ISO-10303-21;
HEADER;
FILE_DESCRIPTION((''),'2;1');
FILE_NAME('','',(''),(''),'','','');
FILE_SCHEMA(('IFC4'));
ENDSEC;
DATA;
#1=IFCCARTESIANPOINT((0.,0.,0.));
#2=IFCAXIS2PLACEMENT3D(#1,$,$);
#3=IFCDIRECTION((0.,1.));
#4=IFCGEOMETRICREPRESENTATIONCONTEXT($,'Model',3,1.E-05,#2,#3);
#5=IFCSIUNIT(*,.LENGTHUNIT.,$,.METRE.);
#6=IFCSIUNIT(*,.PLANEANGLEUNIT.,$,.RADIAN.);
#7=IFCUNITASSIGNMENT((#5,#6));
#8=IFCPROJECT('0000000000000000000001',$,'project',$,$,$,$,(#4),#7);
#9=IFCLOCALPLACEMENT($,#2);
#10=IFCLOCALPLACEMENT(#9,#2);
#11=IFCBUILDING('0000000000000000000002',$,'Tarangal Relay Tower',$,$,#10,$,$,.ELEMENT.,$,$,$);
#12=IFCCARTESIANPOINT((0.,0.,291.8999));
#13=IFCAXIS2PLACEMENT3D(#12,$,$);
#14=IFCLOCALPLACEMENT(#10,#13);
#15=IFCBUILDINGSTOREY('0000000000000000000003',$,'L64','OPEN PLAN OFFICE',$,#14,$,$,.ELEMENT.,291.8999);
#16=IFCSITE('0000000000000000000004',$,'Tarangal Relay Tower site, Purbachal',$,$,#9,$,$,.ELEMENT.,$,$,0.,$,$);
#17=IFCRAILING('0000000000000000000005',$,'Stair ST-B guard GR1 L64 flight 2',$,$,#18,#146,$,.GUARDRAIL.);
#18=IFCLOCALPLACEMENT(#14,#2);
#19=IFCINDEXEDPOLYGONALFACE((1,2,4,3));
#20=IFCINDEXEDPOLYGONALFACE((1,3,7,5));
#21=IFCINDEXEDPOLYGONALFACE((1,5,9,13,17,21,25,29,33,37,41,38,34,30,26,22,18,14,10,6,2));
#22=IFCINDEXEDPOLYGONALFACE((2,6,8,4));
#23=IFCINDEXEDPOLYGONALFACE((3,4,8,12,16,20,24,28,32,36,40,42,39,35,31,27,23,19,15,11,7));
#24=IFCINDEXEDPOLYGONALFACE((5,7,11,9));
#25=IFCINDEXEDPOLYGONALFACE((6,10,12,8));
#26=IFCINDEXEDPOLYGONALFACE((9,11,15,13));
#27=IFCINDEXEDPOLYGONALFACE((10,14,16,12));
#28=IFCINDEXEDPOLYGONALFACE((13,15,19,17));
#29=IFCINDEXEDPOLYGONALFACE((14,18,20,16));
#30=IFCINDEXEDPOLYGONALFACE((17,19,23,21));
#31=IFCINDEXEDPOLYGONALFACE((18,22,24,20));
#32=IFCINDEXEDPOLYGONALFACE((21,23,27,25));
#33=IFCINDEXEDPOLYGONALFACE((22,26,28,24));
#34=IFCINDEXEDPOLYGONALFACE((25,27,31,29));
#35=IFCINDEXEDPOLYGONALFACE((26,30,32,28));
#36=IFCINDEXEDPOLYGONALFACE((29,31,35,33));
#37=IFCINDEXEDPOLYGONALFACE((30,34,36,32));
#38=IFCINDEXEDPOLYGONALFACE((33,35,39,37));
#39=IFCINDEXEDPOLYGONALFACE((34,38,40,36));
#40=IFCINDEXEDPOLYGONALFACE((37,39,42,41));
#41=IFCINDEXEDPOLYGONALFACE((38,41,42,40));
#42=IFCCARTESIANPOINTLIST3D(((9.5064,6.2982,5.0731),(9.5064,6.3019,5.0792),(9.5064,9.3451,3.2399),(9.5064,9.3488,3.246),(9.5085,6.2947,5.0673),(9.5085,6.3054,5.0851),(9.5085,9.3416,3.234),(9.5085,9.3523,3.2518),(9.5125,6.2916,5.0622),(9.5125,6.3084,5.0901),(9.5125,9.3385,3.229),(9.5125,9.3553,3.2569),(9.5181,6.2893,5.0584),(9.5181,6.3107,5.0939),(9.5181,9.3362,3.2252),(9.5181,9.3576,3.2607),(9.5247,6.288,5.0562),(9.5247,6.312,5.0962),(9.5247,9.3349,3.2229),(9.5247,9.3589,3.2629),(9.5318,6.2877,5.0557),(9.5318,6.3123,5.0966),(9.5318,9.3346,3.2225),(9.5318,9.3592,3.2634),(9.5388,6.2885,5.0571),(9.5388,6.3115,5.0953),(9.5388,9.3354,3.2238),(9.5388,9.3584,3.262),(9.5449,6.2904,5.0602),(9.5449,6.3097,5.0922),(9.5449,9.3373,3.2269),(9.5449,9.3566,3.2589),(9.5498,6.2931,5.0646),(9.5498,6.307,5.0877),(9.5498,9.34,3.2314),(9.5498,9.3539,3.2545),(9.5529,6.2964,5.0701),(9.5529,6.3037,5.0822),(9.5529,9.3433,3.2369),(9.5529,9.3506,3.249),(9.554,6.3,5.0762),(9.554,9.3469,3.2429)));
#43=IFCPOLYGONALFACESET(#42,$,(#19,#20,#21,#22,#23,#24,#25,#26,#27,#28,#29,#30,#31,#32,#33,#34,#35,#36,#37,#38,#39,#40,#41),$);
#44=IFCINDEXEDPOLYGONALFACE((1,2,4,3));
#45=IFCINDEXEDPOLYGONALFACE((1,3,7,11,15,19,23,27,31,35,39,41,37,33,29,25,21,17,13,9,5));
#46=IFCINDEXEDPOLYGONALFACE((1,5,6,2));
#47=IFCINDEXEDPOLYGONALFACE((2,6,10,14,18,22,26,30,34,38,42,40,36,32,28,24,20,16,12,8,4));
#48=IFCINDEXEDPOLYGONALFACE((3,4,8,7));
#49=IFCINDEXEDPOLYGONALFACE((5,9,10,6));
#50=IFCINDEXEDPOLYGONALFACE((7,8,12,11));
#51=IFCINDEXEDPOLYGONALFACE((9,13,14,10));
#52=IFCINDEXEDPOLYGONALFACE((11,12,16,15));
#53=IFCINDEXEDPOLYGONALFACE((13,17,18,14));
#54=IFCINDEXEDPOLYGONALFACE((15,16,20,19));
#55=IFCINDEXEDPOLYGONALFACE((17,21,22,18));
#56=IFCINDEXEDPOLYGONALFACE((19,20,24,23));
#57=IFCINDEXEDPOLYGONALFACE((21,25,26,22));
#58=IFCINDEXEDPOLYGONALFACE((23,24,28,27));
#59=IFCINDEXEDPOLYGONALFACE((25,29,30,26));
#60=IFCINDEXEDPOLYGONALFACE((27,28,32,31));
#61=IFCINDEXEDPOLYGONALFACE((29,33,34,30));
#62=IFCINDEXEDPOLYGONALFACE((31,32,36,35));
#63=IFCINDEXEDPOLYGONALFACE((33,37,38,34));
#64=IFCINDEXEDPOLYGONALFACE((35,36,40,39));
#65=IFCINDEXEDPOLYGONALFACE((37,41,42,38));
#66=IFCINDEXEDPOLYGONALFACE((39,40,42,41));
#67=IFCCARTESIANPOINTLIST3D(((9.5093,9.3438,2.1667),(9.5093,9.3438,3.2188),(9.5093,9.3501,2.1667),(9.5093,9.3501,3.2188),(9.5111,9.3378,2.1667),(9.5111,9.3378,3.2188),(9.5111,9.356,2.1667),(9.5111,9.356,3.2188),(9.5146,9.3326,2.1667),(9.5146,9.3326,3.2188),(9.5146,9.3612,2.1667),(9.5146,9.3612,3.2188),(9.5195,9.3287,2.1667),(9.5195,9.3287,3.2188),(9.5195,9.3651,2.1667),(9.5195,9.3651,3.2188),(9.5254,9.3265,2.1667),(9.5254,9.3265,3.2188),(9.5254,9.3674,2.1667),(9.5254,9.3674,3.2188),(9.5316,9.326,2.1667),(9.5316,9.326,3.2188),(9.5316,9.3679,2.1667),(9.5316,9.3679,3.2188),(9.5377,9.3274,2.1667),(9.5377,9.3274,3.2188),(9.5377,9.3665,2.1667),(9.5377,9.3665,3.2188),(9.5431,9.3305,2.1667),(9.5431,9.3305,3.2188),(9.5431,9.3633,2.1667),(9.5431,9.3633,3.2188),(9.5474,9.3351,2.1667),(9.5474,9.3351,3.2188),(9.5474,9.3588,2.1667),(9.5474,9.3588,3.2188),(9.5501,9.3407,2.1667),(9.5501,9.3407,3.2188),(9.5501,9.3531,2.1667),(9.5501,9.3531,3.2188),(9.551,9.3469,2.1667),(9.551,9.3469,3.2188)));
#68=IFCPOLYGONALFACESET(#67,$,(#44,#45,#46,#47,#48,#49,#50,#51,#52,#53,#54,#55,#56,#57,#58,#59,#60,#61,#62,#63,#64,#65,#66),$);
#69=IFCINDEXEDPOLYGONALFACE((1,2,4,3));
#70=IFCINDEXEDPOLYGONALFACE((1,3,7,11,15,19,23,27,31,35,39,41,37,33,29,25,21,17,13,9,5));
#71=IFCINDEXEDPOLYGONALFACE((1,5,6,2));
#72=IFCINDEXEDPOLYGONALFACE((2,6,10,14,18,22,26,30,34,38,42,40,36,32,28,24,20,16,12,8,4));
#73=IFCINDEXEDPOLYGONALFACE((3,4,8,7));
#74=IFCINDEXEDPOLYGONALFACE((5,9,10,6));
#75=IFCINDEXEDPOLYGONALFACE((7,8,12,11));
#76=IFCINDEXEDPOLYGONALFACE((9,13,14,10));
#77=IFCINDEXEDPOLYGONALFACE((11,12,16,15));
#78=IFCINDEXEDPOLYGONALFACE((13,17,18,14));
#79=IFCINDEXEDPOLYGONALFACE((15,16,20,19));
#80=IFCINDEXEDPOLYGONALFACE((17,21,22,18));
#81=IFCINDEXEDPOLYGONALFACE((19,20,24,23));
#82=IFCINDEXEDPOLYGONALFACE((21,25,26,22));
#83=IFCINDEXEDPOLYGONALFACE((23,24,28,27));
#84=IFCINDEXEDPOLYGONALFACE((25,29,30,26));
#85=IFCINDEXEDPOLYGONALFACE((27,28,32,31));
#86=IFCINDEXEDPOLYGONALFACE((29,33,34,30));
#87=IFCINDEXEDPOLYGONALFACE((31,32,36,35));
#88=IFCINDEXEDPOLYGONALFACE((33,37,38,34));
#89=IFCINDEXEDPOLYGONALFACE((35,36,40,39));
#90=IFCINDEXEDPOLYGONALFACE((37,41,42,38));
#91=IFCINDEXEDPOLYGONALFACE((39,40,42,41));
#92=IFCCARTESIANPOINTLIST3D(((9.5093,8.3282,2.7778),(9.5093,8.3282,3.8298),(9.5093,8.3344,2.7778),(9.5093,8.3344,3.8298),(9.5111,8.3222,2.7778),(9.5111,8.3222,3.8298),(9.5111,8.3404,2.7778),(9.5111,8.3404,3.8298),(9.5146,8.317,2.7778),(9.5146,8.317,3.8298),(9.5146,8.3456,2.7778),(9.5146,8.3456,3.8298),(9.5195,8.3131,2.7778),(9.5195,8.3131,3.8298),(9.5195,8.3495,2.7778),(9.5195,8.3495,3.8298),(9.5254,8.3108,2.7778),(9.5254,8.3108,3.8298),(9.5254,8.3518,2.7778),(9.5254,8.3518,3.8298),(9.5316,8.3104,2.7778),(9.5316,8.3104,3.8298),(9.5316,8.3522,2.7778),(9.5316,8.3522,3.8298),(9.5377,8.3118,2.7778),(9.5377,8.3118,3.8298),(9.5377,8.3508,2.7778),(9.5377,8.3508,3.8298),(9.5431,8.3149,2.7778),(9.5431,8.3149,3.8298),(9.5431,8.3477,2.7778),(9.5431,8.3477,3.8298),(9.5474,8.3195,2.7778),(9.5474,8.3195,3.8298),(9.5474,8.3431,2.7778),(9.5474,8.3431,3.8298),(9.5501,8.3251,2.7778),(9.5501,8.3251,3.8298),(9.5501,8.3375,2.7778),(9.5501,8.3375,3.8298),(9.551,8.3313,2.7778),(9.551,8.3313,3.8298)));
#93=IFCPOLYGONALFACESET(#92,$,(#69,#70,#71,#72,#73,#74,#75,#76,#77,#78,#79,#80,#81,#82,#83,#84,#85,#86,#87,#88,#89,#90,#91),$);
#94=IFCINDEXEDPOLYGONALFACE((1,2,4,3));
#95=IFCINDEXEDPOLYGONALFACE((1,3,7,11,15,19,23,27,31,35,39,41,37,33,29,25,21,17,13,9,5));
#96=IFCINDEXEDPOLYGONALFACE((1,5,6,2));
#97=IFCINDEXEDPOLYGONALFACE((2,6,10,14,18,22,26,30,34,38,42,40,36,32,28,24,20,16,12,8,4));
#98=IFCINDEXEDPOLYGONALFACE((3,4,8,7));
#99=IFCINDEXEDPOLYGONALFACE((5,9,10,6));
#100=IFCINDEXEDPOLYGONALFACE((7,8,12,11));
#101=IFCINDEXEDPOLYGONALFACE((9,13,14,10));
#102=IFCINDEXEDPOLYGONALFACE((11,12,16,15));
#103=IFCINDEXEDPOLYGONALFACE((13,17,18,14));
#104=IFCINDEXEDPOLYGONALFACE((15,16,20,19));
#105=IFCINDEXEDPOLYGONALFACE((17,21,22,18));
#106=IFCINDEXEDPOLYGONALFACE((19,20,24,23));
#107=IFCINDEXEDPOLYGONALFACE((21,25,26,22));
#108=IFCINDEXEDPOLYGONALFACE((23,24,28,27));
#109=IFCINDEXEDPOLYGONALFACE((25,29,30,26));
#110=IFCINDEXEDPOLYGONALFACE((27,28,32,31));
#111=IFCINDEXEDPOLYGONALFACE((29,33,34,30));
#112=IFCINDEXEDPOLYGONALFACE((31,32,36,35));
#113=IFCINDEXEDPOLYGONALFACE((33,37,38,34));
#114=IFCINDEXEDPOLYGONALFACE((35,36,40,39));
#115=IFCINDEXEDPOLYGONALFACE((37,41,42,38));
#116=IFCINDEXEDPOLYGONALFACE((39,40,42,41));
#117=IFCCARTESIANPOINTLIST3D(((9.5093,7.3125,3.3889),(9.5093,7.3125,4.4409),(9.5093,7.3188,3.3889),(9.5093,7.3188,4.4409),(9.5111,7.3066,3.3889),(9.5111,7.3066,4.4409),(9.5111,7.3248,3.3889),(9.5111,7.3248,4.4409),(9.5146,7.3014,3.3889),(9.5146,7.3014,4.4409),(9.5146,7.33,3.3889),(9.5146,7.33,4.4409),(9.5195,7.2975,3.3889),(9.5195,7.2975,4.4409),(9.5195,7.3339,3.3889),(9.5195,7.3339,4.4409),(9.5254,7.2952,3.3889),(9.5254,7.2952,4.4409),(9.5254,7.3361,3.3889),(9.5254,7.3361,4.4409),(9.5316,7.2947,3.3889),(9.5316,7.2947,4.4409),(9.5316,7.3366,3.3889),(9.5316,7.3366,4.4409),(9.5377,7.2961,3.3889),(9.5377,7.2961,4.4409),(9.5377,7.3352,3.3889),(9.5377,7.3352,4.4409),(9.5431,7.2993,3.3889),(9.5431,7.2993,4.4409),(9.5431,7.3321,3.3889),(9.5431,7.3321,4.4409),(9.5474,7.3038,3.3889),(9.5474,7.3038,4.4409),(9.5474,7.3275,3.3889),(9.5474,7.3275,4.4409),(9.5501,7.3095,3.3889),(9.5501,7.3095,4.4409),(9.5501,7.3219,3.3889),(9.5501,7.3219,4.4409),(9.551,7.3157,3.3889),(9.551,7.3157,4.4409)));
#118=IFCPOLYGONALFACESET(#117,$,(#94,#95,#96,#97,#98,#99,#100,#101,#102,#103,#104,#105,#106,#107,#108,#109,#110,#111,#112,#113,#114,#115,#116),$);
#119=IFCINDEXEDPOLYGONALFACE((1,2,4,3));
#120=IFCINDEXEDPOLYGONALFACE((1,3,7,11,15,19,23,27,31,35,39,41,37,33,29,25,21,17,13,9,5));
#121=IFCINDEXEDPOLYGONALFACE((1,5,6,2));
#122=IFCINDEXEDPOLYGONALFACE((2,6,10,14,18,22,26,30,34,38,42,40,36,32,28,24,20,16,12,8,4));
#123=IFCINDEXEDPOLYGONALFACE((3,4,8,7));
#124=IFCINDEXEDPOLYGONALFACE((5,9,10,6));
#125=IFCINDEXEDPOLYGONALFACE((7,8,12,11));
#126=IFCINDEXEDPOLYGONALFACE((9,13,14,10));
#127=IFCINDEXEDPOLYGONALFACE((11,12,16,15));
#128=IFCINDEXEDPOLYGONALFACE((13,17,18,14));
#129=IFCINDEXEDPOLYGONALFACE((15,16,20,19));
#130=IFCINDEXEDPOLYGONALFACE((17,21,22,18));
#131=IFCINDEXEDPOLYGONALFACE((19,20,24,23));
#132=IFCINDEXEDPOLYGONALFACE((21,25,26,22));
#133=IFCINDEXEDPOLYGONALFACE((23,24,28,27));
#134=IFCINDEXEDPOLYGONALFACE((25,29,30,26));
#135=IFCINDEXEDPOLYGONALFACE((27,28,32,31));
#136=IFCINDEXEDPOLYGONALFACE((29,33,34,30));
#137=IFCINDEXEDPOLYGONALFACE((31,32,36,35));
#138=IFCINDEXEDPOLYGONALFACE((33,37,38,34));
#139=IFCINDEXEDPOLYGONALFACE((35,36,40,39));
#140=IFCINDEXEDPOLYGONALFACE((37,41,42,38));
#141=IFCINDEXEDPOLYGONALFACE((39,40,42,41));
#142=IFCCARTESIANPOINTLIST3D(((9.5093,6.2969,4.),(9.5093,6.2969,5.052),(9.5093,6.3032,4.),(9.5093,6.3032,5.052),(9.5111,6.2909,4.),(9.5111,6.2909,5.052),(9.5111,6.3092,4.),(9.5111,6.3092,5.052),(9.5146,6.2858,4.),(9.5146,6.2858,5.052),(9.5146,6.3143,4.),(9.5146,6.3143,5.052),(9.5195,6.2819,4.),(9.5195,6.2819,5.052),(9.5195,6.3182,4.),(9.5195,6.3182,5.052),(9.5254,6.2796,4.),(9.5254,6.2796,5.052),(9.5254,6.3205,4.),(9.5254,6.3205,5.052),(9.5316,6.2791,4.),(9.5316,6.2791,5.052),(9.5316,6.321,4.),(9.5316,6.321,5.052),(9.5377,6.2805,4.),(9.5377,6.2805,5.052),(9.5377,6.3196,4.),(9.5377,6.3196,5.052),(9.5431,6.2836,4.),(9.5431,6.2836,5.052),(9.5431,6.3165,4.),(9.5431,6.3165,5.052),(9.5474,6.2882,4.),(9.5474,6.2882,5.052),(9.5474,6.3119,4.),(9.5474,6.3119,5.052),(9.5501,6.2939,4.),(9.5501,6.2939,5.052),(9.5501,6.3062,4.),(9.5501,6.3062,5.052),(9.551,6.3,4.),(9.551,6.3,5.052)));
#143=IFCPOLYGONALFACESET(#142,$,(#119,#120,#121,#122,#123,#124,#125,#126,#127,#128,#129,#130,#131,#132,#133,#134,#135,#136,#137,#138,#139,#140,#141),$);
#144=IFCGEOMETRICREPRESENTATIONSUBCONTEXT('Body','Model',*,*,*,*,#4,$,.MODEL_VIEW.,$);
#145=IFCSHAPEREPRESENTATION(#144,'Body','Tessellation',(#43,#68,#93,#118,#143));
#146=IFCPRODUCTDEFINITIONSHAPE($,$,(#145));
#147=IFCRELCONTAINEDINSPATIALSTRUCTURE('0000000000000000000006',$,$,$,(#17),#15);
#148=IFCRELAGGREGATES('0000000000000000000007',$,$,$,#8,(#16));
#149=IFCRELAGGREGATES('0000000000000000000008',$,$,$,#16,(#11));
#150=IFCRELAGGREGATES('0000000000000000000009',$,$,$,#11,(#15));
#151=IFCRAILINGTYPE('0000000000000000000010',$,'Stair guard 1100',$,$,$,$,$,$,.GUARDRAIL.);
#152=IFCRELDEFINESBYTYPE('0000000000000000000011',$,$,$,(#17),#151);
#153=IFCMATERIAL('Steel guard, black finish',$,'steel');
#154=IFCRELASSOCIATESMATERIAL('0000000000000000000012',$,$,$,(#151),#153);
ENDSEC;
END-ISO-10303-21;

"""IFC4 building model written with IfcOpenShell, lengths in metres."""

from ifc_helpers import new_model, si_unit, direction, frame, origin, origin_2d, place, context, subcontext, project, spatial, circle, extrude, material, type_object, element, save


model = new_model("IFC4")

# Units and contexts
model_context = context("Model", 3, precision=1e-05, world=origin(), true_north=direction((0.0, 1.0)))
body_context = subcontext(model_context, "Body", "Model", "MODEL_VIEW")
ifc_project = project(units=[si_unit("LENGTHUNIT", "METRE"), si_unit("PLANEANGLEUNIT", "RADIAN")], contexts=[model_context])

# Site, building, storey
site_placement = place(None, origin())
site = spatial("IfcSite", under=ifc_project, at=site_placement, Name="Tarangal Relay Tower site, Purbachal", CompositionType="ELEMENT", RefElevation=0.0)
building_placement = place(site_placement, origin())
building = spatial("IfcBuilding", under=site, at=building_placement, Name="Tarangal Relay Tower", CompositionType="ELEMENT")
storey_placement = place(building_placement, frame((0.0, 0.0, 291.8999)))
storey = spatial("IfcBuildingStorey", under=building, at=storey_placement, Name="L64", Description="OPEN PLAN OFFICE", CompositionType="ELEMENT", Elevation=291.8999)

# Railing
ifc_material_1 = material(Name="Steel guard, black finish", Category="steel")
railing_type_1 = type_object("IfcRailingType", Name="Stair guard 1100", PredefinedType="GUARDRAIL", material=ifc_material_1)
railing_1_placement = place(storey_placement, frame((9.53, 9.3469, 2.1667)))
element("IfcRailing", 1, at=railing_1_placement, inside=storey, type_object=railing_type_1, Name="Stair ST-B guard GR1 L64 flight 2", PredefinedType="GUARDRAIL", context=body_context, shape_type="SweptSolid", body=[
    extrude(circle(Radius=0.0239, at=origin_2d()), frame((0.0, 0.0, 1.0762), z_axis=(0.0, -0.856856, 0.515556), x_axis=(1.0, 0.0, 0.0)), (0.0, 0.0, 1.0), 3.5559),
    extrude(circle(Radius=0.021, at=origin_2d()), origin(), (0.0, 0.0, 1.0), 1.052),
    extrude(circle(Radius=0.021, at=origin_2d()), frame((0.0, -1.0156, 0.6111)), (0.0, 0.0, 1.0), 1.052),
    extrude(circle(Radius=0.021, at=origin_2d()), frame((0.0, -2.0312, 1.2222)), (0.0, 0.0, 1.0), 1.052),
    extrude(circle(Radius=0.021, at=origin_2d()), frame((0.0, -3.0469, 1.8333)), (0.0, 0.0, 1.0), 1.052),
])

save(model, "model.ifc")
